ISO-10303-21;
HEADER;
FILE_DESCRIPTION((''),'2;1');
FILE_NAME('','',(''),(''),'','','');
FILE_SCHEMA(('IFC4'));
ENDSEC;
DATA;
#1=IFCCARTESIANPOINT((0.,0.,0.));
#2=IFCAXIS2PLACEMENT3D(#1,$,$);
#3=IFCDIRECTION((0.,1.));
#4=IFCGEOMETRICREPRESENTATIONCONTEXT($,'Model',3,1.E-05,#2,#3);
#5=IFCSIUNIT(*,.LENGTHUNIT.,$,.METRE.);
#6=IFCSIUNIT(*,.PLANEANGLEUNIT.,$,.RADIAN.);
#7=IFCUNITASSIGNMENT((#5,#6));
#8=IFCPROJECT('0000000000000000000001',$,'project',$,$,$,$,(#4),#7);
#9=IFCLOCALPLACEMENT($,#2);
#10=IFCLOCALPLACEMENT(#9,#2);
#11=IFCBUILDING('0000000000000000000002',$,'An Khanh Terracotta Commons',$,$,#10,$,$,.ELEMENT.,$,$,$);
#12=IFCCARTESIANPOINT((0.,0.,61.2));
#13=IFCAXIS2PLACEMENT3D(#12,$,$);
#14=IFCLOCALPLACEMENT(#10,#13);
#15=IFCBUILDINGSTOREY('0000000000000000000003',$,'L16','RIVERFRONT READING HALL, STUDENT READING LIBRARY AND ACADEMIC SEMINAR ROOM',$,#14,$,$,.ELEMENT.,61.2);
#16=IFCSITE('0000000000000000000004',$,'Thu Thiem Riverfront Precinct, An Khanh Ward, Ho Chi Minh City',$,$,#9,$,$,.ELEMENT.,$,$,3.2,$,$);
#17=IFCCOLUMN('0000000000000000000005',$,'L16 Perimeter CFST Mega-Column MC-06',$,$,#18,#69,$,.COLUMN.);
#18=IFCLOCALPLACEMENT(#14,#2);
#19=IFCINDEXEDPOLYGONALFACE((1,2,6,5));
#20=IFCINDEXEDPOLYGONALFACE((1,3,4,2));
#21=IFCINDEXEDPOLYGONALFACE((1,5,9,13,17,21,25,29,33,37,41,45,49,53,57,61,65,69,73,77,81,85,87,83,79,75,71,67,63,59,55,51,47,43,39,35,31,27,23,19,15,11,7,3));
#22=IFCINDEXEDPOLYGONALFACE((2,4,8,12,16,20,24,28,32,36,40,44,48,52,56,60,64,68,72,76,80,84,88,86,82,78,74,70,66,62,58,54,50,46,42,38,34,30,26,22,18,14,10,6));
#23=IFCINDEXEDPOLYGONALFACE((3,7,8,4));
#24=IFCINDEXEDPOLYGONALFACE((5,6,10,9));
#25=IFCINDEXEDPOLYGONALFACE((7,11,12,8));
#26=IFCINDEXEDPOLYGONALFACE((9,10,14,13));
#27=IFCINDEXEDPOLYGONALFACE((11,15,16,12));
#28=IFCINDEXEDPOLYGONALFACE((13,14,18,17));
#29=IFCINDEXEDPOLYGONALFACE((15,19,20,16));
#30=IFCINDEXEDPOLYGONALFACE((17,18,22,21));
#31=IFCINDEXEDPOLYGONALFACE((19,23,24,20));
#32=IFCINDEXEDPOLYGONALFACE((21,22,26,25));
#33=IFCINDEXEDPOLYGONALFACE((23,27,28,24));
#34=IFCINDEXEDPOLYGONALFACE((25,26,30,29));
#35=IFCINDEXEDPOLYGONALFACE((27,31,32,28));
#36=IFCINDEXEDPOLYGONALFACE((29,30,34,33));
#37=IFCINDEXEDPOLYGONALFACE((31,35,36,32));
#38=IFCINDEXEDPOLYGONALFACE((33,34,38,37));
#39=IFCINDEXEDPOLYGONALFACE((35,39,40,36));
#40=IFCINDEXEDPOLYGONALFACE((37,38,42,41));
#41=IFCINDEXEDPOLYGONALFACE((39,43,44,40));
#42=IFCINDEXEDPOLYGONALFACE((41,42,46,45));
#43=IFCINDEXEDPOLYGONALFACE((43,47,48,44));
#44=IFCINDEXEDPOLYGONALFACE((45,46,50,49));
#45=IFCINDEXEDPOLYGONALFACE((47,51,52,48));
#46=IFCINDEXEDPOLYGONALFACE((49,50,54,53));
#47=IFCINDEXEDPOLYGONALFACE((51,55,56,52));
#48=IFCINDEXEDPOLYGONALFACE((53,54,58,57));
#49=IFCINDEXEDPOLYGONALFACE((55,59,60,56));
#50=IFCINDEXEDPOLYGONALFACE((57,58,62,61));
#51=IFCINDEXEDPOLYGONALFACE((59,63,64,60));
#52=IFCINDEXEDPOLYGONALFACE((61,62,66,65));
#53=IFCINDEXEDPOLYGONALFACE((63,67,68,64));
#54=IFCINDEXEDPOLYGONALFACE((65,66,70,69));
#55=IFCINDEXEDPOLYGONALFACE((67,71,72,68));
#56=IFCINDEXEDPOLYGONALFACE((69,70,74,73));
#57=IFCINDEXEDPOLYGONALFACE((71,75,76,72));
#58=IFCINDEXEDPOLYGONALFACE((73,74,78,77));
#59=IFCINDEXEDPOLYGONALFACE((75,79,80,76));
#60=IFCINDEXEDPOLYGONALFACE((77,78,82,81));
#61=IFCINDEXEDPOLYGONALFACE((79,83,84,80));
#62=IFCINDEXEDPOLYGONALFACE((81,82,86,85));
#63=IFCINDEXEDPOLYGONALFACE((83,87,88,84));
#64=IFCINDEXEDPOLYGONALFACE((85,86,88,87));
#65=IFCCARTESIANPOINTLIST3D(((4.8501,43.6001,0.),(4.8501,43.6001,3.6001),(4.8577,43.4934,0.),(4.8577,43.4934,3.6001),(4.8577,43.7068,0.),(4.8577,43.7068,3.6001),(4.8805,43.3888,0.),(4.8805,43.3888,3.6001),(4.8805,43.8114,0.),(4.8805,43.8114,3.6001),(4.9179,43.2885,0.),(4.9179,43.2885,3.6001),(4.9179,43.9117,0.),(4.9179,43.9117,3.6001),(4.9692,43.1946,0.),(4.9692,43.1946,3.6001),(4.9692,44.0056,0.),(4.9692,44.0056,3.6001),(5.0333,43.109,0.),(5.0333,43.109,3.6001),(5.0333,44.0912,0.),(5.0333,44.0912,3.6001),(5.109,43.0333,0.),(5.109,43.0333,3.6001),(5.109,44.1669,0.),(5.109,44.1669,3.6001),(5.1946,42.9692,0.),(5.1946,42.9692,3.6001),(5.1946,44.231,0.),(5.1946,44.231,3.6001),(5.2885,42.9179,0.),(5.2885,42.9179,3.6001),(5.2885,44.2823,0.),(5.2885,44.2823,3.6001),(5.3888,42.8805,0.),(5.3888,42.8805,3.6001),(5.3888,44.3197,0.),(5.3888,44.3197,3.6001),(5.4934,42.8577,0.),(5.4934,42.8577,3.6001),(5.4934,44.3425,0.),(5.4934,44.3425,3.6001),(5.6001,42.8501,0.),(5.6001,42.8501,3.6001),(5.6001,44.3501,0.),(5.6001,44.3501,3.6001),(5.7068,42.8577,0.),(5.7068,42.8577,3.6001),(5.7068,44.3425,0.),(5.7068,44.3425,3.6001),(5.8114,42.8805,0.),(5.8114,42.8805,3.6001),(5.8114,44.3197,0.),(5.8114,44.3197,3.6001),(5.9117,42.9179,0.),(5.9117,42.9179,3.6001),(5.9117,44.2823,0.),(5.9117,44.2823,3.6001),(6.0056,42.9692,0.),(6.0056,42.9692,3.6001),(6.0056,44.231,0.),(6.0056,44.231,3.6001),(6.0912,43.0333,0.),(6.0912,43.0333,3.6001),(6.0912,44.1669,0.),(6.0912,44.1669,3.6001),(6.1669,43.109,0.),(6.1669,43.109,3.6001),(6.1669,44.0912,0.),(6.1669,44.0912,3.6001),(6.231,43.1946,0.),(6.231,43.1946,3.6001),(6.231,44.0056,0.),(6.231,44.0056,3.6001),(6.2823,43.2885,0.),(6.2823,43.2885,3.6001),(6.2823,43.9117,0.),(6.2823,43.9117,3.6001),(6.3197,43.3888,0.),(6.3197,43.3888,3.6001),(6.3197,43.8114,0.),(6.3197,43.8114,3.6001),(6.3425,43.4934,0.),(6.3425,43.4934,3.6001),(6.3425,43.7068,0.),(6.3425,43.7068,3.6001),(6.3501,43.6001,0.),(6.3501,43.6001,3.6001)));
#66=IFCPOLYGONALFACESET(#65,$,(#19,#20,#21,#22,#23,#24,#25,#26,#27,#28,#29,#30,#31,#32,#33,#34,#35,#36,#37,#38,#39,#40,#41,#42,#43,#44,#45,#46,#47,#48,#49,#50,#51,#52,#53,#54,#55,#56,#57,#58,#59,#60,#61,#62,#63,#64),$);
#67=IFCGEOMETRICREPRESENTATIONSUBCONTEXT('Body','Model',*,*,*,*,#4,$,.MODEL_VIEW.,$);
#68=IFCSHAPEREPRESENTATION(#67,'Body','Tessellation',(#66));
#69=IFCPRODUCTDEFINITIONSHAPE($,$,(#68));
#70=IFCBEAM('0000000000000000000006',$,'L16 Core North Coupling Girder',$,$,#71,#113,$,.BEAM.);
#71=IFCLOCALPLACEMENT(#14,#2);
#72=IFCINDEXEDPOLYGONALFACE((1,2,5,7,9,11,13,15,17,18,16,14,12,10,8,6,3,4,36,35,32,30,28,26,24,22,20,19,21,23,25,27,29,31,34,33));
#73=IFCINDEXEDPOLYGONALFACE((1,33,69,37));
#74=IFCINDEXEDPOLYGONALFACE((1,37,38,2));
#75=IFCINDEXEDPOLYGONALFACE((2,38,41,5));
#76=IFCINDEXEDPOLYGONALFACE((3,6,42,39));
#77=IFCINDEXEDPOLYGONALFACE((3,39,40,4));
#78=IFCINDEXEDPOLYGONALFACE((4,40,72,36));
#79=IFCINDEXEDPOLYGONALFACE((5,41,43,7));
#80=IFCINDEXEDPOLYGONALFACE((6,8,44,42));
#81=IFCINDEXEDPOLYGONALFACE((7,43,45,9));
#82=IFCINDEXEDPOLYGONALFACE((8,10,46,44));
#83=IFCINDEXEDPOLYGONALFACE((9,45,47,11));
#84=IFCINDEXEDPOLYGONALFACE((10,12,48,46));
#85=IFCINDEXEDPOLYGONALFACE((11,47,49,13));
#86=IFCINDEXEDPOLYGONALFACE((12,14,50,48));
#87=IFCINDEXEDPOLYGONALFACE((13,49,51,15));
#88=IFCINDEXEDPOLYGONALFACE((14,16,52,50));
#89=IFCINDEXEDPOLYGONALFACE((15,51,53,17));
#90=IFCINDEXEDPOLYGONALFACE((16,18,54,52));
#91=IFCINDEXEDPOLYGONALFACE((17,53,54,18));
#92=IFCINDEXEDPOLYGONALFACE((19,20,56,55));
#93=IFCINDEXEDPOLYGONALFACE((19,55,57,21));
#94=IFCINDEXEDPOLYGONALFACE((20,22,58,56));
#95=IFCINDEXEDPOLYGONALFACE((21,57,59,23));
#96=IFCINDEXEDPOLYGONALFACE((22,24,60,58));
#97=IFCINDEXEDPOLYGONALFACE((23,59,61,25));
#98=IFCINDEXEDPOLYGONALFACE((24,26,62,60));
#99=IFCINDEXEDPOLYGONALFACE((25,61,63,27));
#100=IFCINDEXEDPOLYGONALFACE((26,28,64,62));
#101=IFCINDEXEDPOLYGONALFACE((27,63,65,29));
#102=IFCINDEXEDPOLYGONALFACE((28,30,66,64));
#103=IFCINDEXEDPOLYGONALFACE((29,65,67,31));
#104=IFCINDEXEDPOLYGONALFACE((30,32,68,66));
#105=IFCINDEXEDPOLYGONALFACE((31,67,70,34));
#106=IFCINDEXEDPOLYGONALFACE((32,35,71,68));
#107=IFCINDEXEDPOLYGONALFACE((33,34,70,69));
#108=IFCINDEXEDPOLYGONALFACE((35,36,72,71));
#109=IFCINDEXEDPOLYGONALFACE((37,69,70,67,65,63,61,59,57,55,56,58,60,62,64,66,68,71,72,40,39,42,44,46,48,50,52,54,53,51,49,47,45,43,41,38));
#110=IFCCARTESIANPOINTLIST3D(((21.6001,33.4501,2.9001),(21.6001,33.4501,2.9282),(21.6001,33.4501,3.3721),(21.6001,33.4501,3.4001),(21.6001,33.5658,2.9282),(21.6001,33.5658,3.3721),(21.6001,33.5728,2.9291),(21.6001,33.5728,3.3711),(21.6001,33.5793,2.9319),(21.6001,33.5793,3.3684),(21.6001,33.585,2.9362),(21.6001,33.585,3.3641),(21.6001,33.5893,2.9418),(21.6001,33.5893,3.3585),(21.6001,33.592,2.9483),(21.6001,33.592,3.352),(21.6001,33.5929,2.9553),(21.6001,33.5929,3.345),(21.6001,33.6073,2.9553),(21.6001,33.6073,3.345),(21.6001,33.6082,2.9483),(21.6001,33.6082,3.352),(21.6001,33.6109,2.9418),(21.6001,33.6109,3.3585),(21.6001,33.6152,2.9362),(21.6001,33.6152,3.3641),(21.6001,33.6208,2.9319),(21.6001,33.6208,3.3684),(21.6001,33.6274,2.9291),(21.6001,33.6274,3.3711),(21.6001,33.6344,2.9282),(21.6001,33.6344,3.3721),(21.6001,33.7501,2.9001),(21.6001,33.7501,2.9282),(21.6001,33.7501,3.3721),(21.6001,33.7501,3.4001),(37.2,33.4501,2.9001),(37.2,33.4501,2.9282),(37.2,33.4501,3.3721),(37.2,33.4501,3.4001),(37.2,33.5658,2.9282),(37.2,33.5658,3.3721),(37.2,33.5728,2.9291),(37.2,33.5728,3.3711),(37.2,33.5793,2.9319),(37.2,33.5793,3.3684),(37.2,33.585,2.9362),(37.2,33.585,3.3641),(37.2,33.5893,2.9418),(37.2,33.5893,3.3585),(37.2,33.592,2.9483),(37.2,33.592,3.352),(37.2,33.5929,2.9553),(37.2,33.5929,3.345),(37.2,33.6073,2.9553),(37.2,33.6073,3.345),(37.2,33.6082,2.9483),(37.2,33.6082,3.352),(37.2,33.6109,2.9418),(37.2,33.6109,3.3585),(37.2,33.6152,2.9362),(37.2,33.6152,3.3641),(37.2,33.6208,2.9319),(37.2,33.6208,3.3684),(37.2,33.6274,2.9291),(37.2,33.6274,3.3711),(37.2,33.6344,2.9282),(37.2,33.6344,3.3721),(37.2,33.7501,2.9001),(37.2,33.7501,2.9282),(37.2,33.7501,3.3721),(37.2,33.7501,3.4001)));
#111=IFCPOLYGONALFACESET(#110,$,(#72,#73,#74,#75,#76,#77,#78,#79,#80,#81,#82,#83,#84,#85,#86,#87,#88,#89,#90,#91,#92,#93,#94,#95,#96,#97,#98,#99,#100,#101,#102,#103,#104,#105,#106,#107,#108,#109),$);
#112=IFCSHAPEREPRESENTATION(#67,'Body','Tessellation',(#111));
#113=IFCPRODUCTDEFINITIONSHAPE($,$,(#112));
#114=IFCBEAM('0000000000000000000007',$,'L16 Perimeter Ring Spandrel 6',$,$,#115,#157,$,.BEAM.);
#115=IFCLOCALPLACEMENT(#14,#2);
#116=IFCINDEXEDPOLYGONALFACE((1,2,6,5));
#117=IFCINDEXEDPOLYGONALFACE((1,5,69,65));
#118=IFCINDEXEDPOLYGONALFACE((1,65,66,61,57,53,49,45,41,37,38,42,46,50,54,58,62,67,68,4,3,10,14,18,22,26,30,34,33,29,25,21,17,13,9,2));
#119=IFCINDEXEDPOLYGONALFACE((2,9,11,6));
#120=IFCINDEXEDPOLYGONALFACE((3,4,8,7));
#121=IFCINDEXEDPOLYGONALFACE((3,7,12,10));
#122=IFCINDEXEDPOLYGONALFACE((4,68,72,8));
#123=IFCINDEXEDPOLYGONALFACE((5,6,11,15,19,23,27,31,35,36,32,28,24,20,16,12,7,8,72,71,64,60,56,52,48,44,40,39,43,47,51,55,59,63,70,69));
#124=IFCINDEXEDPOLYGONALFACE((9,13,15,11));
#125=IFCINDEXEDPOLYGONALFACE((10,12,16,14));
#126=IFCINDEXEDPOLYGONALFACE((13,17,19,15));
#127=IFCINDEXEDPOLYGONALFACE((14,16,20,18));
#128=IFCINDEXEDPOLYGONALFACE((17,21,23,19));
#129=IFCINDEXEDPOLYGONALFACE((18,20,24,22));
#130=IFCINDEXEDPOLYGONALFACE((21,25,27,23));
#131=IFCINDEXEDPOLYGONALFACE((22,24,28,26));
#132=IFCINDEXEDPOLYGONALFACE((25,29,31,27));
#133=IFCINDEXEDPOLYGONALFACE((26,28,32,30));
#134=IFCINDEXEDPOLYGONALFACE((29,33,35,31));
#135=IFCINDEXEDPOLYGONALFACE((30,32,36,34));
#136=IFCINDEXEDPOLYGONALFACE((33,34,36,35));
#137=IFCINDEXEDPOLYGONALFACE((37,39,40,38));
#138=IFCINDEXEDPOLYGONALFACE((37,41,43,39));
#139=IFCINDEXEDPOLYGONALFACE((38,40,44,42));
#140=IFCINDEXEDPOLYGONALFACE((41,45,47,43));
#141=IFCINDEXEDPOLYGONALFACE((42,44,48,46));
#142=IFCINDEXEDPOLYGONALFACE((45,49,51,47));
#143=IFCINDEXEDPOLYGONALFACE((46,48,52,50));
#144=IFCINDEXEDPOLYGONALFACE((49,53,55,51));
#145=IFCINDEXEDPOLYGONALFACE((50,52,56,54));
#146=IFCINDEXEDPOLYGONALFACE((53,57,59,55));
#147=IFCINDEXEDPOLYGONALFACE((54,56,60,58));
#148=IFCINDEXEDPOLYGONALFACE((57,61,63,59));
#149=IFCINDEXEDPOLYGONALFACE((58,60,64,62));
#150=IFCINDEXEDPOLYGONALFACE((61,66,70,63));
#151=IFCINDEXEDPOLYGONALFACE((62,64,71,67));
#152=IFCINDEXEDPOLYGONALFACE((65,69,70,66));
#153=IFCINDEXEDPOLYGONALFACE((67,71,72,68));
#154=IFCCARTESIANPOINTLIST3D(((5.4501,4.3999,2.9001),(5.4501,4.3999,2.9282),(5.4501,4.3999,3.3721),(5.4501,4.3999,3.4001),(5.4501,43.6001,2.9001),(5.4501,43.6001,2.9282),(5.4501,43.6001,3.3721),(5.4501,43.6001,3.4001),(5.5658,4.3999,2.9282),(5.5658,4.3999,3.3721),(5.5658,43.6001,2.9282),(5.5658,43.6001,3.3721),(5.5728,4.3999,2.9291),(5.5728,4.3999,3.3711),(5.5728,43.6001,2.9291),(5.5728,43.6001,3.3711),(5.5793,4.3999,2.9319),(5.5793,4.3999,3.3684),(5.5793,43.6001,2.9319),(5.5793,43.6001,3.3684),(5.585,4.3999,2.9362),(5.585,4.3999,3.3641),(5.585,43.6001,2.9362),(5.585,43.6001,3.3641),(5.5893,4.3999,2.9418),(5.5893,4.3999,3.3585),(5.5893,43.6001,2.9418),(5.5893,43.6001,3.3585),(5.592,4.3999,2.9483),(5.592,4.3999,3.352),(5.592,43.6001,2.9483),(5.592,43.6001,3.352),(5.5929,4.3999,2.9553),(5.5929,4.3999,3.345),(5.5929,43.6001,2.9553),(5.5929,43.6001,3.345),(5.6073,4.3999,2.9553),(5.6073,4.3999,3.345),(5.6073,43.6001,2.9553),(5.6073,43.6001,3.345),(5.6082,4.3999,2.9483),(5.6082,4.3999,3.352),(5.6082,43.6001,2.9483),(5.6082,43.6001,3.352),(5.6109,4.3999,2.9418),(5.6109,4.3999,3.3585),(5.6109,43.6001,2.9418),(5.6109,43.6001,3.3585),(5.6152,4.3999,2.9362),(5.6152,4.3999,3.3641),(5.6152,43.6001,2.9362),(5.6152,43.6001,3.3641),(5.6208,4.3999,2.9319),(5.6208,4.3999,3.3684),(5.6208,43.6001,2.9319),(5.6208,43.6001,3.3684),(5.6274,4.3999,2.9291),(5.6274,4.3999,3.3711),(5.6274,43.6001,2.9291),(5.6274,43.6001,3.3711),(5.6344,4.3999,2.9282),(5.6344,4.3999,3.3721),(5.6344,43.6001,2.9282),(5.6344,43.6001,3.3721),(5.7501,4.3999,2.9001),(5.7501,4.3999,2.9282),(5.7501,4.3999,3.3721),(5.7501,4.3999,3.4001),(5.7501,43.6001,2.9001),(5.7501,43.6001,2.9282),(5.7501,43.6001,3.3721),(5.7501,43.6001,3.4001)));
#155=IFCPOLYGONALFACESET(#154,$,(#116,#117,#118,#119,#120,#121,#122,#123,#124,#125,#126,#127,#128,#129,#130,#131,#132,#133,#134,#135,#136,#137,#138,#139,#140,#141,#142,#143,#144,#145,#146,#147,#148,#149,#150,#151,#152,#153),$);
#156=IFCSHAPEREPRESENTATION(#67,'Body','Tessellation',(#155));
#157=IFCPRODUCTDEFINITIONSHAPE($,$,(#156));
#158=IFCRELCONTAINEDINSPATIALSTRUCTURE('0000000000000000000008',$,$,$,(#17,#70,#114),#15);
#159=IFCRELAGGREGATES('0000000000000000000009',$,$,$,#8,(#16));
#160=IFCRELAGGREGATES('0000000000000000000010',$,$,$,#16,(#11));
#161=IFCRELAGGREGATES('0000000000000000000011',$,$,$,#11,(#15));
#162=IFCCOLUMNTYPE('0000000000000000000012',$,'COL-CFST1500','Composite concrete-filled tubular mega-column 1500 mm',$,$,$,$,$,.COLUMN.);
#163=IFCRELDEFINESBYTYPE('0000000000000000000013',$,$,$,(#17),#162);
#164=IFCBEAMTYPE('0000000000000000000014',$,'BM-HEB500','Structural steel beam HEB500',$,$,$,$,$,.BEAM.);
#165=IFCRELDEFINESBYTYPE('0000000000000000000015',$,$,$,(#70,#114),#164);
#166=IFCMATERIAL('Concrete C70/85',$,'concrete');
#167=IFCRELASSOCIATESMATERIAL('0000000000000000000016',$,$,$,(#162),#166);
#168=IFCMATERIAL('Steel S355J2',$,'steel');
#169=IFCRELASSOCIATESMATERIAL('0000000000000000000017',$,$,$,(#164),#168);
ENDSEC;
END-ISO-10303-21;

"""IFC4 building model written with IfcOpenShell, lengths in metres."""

from ifc_helpers import new_model, si_unit, direction, frame, origin, origin_2d, place, context, subcontext, project, spatial, circle, i_section, extrude, material, material_profile, profile_set, type_object, element, save


model = new_model("IFC4")

# Units and contexts
model_context = context("Model", 3, precision=1e-05, world=origin(), true_north=direction((0.0, 1.0)))
body_context = subcontext(model_context, "Body", "Model", "MODEL_VIEW")
ifc_project = project(units=[si_unit("LENGTHUNIT", "METRE"), si_unit("PLANEANGLEUNIT", "RADIAN")], contexts=[model_context])

# Site, building, storey
site_placement = place(None, origin())
site = spatial("IfcSite", under=ifc_project, at=site_placement, Name="Thu Thiem Riverfront Precinct, An Khanh Ward, Ho Chi Minh City", CompositionType="ELEMENT", RefElevation=3.2)
building_placement = place(site_placement, origin())
building = spatial("IfcBuilding", under=site, at=building_placement, Name="An Khanh Terracotta Commons", CompositionType="ELEMENT")
storey_placement = place(building_placement, frame((0.0, 0.0, 61.2)))
storey = spatial("IfcBuildingStorey", under=building, at=storey_placement, Name="L16", Description="RIVERFRONT READING HALL, STUDENT READING LIBRARY AND ACADEMIC SEMINAR ROOM", CompositionType="ELEMENT", Elevation=61.2)

# Column
ifc_material_1 = material(Name="Concrete C70/85", Category="concrete")
ifc_material_profile_1 = material_profile(ifc_material_1, circle(Radius=0.75, at=origin_2d()), Name="CFST1500")
ifc_profile_set_1 = profile_set([ifc_material_profile_1], Name="Concrete C70/85")
column_type = type_object("IfcColumnType", Name="COL-CFST1500", Description="Composite concrete-filled tubular mega-column 1500 mm", PredefinedType="COLUMN", material=ifc_profile_set_1)
column_placement = place(storey_placement, frame((5.6001, 43.6001, 0.0), z_axis=(0.0, 0.0, 1.0), x_axis=(1.0, 0.0, 0.0)))
element("IfcColumn", 1, at=column_placement, inside=storey, type_object=column_type, Name="L16 Perimeter CFST Mega-Column MC-06", PredefinedType="COLUMN", context=body_context, shape_type="SweptSolid", body=[
    extrude(circle(Radius=0.75, at=origin_2d()), origin(), (0.0, 0.0, 1.0), 3.6001),
])

# Beams
ifc_material_2 = material(Name="Steel S355J2", Category="steel")
ifc_material_profile_2 = material_profile(ifc_material_2, i_section(OverallWidth=0.3, OverallDepth=0.5, WebThickness=0.0144, FlangeThickness=0.0281, FilletRadius=0.0271, at=origin_2d()), Name="HEB500")
ifc_profile_set_2 = profile_set([ifc_material_profile_2], Name="Steel S355J2")
beam_type_1 = type_object("IfcBeamType", Name="BM-HEB500", Description="Structural steel beam HEB500", PredefinedType="BEAM", material=ifc_profile_set_2)
beam_1_placement = place(storey_placement, frame((21.6001, 33.6001, 3.1501), z_axis=(1.0, 0.0, 0.0), x_axis=(0.0, 1.0, 0.0)))
element("IfcBeam", 2, at=beam_1_placement, inside=storey, type_object=beam_type_1, Name="L16 Core North Coupling Girder", PredefinedType="BEAM", context=body_context, shape_type="SweptSolid", body=[
    extrude(i_section(OverallWidth=0.3, OverallDepth=0.5, WebThickness=0.0144, FlangeThickness=0.0281, FilletRadius=0.0271, at=origin_2d()), origin(), (0.0, 0.0, 1.0), 15.5999),
])
beam_2_placement = place(storey_placement, frame((5.6001, 43.6001, 3.1501), z_axis=(0.0, -1.0, 0.0), x_axis=(1.0, 0.0, 0.0)))
element("IfcBeam", 3, at=beam_2_placement, inside=storey, type_object=beam_type_1, Name="L16 Perimeter Ring Spandrel 6", PredefinedType="BEAM", context=body_context, shape_type="SweptSolid", body=[
    extrude(i_section(OverallWidth=0.3, OverallDepth=0.5, WebThickness=0.0144, FlangeThickness=0.0281, FilletRadius=0.0271, at=origin_2d()), origin(), (0.0, 0.0, 1.0), 39.2002),
])

save(model, "model.ifc")
